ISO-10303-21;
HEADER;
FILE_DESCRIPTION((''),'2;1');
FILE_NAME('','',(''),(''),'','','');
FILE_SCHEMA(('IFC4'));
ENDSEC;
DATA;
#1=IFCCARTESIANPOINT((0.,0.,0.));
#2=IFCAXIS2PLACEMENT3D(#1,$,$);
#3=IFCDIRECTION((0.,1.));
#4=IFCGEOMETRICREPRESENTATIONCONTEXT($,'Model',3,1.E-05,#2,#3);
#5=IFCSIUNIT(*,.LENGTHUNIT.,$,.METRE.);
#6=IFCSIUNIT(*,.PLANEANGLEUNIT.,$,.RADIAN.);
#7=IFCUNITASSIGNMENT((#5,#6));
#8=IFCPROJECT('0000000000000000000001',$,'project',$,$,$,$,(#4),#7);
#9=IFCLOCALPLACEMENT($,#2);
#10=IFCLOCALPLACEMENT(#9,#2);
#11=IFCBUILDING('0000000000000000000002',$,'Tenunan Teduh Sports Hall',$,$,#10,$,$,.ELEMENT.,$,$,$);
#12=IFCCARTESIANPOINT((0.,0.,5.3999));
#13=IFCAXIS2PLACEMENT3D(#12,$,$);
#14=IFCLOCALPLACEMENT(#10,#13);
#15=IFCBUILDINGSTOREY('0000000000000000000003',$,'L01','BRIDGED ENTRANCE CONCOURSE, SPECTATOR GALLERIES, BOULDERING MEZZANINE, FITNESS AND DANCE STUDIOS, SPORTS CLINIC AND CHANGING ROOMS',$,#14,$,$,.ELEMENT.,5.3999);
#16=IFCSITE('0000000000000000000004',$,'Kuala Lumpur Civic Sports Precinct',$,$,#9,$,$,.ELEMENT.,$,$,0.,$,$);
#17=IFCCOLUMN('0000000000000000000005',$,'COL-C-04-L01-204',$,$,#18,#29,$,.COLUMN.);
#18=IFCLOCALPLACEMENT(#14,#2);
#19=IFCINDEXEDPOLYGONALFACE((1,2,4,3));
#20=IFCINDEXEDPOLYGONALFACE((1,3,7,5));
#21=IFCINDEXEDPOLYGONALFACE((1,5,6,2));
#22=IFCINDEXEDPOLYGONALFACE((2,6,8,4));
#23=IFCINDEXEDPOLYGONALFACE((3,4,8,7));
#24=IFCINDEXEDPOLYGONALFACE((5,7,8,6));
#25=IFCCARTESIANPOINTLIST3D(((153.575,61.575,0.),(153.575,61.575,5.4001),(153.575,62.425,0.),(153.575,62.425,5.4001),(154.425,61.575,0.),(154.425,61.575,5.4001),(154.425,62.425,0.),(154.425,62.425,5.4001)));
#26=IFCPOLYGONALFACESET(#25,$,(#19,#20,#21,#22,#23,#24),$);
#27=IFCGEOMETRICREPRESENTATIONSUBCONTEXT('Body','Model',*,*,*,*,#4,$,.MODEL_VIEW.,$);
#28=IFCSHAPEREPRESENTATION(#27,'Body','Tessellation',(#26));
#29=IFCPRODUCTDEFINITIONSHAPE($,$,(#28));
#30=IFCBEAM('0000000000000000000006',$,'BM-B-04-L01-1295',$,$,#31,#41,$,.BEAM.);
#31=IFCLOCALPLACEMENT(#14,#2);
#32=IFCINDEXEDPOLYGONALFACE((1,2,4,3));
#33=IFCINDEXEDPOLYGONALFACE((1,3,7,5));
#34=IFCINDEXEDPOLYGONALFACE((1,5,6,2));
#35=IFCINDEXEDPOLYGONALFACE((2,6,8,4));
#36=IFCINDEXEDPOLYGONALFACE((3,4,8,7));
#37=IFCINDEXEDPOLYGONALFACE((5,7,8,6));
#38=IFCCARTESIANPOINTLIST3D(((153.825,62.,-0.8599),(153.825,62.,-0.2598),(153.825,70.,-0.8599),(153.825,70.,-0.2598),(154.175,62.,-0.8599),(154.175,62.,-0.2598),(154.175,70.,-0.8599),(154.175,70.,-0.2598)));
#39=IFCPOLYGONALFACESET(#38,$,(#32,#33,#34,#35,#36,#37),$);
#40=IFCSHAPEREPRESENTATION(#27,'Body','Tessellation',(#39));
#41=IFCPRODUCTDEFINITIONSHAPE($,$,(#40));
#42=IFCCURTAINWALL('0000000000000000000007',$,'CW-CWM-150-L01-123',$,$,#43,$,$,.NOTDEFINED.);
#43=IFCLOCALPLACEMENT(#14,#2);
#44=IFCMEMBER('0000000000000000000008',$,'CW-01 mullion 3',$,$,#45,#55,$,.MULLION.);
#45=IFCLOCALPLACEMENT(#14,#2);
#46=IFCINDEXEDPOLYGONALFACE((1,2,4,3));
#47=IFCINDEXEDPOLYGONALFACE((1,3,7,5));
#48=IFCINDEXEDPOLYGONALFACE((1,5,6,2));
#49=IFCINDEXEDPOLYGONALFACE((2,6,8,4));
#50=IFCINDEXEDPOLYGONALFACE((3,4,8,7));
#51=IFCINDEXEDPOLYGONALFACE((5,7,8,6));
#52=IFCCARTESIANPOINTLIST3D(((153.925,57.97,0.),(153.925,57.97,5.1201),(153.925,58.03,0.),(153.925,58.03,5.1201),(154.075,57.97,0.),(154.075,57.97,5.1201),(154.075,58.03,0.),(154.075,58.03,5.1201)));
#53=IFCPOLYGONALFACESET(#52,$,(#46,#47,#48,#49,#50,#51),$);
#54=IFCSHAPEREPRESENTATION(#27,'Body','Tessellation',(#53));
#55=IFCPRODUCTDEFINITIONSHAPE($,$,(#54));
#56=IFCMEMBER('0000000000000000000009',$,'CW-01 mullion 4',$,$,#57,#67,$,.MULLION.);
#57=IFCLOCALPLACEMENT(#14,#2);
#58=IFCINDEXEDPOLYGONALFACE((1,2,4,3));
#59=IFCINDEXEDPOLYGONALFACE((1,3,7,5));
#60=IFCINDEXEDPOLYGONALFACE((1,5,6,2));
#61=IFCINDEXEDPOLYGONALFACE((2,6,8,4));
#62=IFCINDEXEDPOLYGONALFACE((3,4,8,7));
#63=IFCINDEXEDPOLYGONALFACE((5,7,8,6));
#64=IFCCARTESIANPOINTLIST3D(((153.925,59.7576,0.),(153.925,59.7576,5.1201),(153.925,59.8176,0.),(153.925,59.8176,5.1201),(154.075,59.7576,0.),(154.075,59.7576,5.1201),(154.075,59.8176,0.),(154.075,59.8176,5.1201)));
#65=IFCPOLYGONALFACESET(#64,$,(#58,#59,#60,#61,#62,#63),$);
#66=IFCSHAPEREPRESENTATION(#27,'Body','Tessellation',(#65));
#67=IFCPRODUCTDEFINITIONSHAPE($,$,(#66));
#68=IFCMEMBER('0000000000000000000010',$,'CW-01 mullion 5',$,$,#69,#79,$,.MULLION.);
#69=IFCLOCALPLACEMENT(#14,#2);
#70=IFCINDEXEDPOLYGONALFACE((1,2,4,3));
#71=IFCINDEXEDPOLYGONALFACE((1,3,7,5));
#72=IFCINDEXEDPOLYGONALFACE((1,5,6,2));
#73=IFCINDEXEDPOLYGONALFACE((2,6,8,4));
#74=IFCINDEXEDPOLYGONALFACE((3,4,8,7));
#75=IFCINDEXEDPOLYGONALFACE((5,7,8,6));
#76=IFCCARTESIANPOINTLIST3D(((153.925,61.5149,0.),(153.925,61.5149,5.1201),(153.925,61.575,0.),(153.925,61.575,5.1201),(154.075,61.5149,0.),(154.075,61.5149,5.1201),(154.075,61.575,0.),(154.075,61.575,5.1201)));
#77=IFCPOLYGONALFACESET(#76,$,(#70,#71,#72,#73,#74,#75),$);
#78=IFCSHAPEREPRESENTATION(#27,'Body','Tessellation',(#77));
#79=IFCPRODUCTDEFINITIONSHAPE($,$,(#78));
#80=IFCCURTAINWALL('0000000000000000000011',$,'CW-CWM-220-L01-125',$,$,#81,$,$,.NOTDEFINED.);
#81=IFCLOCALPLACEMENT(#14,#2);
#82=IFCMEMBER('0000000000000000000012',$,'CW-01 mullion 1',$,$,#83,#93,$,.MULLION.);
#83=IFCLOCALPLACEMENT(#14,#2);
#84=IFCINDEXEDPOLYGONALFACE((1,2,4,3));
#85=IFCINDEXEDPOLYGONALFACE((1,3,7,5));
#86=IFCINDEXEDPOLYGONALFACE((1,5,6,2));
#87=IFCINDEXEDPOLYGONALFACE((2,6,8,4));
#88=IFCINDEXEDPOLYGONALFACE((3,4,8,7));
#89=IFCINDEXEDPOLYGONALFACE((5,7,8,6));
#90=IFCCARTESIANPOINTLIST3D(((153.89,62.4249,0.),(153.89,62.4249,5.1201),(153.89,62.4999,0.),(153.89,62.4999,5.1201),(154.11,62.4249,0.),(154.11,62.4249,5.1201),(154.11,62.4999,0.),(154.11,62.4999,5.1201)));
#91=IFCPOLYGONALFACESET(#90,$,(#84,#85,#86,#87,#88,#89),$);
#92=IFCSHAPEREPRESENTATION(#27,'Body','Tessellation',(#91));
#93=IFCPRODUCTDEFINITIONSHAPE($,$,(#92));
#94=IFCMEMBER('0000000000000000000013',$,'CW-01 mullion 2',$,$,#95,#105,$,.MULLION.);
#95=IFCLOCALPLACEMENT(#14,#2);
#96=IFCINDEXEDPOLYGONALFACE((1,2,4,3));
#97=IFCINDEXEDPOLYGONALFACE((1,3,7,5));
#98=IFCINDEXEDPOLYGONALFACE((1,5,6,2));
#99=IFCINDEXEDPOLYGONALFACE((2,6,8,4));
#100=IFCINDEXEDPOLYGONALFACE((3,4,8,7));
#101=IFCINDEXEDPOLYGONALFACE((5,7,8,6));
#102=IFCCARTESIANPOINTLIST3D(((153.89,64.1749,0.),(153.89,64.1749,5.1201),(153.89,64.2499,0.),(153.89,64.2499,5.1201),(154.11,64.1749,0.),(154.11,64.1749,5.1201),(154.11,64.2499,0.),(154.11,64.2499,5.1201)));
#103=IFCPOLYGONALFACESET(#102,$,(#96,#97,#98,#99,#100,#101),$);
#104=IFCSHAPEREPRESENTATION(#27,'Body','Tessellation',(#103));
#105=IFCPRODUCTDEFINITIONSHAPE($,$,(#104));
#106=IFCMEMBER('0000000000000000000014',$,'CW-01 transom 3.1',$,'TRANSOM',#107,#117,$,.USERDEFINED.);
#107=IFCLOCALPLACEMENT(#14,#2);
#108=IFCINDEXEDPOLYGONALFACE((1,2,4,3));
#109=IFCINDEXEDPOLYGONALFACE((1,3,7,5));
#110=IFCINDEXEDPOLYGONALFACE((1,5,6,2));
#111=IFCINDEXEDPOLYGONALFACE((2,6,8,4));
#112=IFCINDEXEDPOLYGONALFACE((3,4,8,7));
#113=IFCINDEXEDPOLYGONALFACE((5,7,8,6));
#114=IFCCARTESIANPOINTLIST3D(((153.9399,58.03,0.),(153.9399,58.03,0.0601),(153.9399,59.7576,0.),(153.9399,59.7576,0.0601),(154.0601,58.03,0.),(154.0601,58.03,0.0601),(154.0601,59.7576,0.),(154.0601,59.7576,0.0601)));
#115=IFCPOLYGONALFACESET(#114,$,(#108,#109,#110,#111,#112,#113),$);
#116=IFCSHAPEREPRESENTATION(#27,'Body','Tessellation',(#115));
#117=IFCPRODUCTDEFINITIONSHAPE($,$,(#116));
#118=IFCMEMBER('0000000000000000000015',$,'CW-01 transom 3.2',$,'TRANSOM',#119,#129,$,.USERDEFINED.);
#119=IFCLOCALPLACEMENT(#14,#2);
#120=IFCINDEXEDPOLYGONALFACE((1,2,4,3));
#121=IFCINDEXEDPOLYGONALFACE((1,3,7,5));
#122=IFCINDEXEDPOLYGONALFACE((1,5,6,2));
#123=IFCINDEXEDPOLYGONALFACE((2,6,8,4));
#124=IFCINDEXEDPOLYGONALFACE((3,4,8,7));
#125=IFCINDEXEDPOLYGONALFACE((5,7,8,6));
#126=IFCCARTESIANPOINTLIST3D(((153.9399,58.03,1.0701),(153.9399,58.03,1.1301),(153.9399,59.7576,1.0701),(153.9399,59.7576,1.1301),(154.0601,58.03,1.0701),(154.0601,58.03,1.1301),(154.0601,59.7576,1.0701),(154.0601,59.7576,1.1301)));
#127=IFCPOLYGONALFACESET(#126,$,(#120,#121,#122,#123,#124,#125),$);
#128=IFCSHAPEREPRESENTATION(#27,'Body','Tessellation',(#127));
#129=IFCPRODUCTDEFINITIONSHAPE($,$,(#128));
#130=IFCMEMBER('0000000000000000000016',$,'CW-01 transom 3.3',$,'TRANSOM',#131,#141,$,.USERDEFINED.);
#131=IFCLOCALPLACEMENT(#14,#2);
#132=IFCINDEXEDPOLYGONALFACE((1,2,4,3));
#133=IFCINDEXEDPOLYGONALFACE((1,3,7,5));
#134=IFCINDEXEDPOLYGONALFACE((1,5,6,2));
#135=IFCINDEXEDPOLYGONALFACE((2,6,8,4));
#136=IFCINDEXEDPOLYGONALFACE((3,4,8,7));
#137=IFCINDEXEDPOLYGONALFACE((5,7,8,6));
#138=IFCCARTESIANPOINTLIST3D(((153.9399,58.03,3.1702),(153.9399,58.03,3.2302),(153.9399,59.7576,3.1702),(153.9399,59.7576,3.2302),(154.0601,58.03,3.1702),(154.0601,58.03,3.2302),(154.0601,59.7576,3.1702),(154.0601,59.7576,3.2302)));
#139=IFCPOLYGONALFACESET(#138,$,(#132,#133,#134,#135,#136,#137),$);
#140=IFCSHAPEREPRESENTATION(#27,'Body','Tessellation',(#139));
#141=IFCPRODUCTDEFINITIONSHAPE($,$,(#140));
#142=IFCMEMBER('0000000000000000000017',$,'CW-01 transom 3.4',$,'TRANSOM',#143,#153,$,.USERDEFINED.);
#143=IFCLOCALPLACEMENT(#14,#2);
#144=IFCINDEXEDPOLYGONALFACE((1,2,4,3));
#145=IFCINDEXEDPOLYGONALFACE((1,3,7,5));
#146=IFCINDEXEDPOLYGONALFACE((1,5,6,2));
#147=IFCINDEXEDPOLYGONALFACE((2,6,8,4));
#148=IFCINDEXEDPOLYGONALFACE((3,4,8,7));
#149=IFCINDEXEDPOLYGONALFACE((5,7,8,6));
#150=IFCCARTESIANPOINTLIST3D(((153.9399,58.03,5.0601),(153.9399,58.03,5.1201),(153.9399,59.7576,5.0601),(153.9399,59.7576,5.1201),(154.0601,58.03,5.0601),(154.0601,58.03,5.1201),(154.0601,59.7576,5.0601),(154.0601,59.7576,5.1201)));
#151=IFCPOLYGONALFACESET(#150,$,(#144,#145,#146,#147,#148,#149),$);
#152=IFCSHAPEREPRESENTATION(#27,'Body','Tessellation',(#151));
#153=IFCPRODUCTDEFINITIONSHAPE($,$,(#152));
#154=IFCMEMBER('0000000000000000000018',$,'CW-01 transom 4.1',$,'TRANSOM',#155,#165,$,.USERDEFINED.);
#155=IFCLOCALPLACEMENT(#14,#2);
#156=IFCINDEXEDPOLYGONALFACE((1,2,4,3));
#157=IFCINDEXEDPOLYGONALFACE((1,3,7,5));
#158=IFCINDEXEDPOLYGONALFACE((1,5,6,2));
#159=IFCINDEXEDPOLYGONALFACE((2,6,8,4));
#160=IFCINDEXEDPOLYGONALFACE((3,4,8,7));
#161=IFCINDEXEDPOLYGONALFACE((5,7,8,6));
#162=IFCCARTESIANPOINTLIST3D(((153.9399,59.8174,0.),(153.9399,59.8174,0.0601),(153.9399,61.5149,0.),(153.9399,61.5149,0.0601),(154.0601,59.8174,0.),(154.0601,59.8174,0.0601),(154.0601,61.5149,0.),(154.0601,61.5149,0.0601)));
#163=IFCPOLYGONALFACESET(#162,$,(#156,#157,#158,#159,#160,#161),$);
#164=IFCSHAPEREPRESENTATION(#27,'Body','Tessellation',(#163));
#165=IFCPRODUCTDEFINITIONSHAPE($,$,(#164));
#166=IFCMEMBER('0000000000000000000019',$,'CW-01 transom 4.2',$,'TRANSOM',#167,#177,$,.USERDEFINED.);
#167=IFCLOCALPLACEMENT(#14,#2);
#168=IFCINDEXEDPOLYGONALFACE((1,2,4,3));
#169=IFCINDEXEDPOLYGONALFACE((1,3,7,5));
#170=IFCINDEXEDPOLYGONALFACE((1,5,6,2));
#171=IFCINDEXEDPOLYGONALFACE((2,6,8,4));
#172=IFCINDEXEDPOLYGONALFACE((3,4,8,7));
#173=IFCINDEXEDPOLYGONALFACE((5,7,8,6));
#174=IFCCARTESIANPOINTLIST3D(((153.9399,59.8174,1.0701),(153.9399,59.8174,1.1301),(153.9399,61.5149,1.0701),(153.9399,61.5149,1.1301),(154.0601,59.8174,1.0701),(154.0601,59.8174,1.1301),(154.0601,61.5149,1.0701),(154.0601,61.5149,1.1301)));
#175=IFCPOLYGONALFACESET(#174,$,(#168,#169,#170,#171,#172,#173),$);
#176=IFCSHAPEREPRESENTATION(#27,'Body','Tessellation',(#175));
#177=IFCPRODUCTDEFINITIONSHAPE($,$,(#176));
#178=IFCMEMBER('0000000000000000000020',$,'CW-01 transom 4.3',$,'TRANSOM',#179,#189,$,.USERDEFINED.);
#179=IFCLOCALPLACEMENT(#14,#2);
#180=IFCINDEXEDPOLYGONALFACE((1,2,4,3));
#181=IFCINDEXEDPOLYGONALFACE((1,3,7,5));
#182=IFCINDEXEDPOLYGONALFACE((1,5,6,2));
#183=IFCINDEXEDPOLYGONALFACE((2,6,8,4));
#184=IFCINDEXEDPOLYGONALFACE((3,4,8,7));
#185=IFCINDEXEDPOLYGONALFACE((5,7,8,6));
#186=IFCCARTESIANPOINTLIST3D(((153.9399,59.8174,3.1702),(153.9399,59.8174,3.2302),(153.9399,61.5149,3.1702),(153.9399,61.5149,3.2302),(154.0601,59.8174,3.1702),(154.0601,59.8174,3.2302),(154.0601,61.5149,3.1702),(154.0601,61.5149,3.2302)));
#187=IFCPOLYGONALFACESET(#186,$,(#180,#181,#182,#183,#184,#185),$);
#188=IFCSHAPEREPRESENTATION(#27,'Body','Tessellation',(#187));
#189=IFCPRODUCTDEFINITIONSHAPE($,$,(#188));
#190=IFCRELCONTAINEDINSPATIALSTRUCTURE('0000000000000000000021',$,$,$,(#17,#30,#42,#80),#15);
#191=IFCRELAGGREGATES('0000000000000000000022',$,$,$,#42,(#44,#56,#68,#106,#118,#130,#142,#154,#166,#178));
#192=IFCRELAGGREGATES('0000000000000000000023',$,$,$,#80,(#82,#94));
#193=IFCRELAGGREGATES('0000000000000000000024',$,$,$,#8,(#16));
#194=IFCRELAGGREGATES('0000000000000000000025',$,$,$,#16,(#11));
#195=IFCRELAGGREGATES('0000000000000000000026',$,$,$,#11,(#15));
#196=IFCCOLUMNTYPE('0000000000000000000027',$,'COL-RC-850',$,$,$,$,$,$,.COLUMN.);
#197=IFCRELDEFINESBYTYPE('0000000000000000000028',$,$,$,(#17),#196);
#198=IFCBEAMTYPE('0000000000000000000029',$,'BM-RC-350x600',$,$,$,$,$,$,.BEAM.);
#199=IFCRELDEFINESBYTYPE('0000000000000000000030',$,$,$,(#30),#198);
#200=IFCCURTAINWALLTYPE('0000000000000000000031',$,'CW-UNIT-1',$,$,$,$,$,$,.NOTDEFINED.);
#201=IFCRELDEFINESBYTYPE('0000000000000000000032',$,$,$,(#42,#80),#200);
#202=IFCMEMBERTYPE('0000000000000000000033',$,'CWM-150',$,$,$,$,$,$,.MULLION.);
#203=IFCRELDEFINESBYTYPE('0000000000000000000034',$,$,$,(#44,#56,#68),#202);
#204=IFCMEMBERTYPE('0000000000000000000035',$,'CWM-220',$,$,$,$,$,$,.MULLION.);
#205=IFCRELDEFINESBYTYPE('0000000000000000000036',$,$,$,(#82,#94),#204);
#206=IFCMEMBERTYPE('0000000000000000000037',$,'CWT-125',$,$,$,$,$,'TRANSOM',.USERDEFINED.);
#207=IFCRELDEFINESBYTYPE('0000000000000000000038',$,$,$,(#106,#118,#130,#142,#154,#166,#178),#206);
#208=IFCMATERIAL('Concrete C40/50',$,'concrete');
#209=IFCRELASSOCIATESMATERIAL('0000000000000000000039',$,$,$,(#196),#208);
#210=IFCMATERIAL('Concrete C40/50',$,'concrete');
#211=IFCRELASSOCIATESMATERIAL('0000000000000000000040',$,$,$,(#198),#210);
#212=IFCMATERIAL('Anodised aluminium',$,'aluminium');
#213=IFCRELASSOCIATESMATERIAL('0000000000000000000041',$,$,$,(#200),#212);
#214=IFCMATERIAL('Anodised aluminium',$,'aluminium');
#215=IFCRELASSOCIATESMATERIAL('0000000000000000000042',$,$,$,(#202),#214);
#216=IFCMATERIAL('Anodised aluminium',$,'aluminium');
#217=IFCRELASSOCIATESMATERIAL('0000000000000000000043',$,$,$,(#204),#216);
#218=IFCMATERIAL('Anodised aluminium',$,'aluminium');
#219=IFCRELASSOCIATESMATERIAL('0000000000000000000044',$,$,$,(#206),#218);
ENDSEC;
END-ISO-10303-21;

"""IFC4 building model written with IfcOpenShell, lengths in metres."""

from ifc_helpers import new_model, si_unit, direction, frame, origin, origin_2d, place, context, subcontext, project, spatial, rectangle, extrude, material, material_profile, profile_set, type_object, element, aggregate, save


model = new_model("IFC4")

# Units and contexts
model_context = context("Model", 3, precision=1e-05, world=origin(), true_north=direction((0.0, 1.0)))
body_context = subcontext(model_context, "Body", "Model", "MODEL_VIEW")
ifc_project = project(units=[si_unit("LENGTHUNIT", "METRE"), si_unit("PLANEANGLEUNIT", "RADIAN")], contexts=[model_context])

# Site, building, storey
site_placement = place(None, origin())
site = spatial("IfcSite", under=ifc_project, at=site_placement, Name="Kuala Lumpur Civic Sports Precinct", CompositionType="ELEMENT", RefElevation=0.0)
building_placement = place(site_placement, origin())
building = spatial("IfcBuilding", under=site, at=building_placement, Name="Tenunan Teduh Sports Hall", CompositionType="ELEMENT")
storey_placement = place(building_placement, frame((0.0, 0.0, 5.3999)))
storey = spatial("IfcBuildingStorey", under=building, at=storey_placement, Name="L01", Description="BRIDGED ENTRANCE CONCOURSE, SPECTATOR GALLERIES, BOULDERING MEZZANINE, FITNESS AND DANCE STUDIOS, SPORTS CLINIC AND CHANGING ROOMS", CompositionType="ELEMENT", Elevation=5.3999)

# Column
ifc_material_1 = material(Name="Concrete C40/50", Category="concrete")
ifc_material_profile_1 = material_profile(ifc_material_1, rectangle(XDim=0.8501, YDim=0.8501, at=origin_2d()), Name="RC 850x850")
ifc_profile_set_1 = profile_set([ifc_material_profile_1], Name="Concrete C40/50")
column_type = type_object("IfcColumnType", Name="COL-RC-850", PredefinedType="COLUMN", material=ifc_profile_set_1)
column_placement = place(storey_placement, frame((154.0, 62.0, 0.0), z_axis=(0.0, 0.0, 1.0), x_axis=(1.0, 0.0, 0.0)))
element("IfcColumn", 1, at=column_placement, inside=storey, type_object=column_type, Name="COL-C-04-L01-204", PredefinedType="COLUMN", context=body_context, shape_type="SweptSolid", body=[
    extrude(rectangle(XDim=0.8501, YDim=0.8501, at=origin_2d()), origin(), (0.0, 0.0, 1.0), 5.4001),
])

# Beam
ifc_material_2 = material(Name="Concrete C40/50", Category="concrete")
ifc_material_profile_2 = material_profile(ifc_material_2, rectangle(XDim=0.3501, YDim=0.6001, at=origin_2d()), Name="RCB 350x600")
ifc_profile_set_2 = profile_set([ifc_material_profile_2], Name="Concrete C40/50")
beam_type = type_object("IfcBeamType", Name="BM-RC-350x600", PredefinedType="BEAM", material=ifc_profile_set_2)
beam_placement = place(storey_placement, frame((154.0, 62.0, -0.5598), z_axis=(0.0, 1.0, 0.0), x_axis=(-1.0, 0.0, 0.0)))
element("IfcBeam", 2, at=beam_placement, inside=storey, type_object=beam_type, Name="BM-B-04-L01-1295", PredefinedType="BEAM", context=body_context, shape_type="SweptSolid", body=[
    extrude(rectangle(XDim=0.3501, YDim=0.6001, at=origin_2d()), origin(), (0.0, 0.0, 1.0), 8.0),
])

# Curtain walls, members
ifc_material_3 = material(Name="Anodised aluminium", Category="aluminium")
curtain_wall_type = type_object("IfcCurtainWallType", Name="CW-UNIT-1", PredefinedType="NOTDEFINED", material=ifc_material_3)
curtain_wall_1_placement = place(storey_placement, origin())
curtain_wall_1 = element("IfcCurtainWall", 3, at=curtain_wall_1_placement, inside=storey, type_object=curtain_wall_type, Name="CW-CWM-150-L01-123", PredefinedType="NOTDEFINED")
ifc_material_4 = material(Name="Anodised aluminium", Category="aluminium")
ifc_material_profile_3 = material_profile(ifc_material_4, rectangle(XDim=0.0601, YDim=0.1499, at=origin_2d()), Name="CWM 60x150")
ifc_profile_set_3 = profile_set([ifc_material_profile_3], Name="Anodised aluminium")
member_type_1 = type_object("IfcMemberType", Name="CWM-150", PredefinedType="MULLION", material=ifc_profile_set_3)
member_1_placement = place(storey_placement, frame((154.0, 58.0, 0.0), z_axis=(0.0, 0.0, 1.0), x_axis=(0.0, 1.0, 0.0)))
member_1 = element("IfcMember", 4, at=member_1_placement, type_object=member_type_1, Name="CW-01 mullion 3", PredefinedType="MULLION", context=body_context, shape_type="SweptSolid", body=[
    extrude(rectangle(XDim=0.0601, YDim=0.1499, at=origin_2d()), origin(), (0.0, 0.0, 1.0), 5.1201),
])
member_2_placement = place(storey_placement, frame((154.0, 59.7876, 0.0), z_axis=(0.0, 0.0, 1.0), x_axis=(0.0, 1.0, 0.0)))
member_2 = element("IfcMember", 5, at=member_2_placement, type_object=member_type_1, Name="CW-01 mullion 4", PredefinedType="MULLION", context=body_context, shape_type="SweptSolid", body=[
    extrude(rectangle(XDim=0.0601, YDim=0.1499, at=origin_2d()), origin(), (0.0, 0.0, 1.0), 5.1201),
])
member_3_placement = place(storey_placement, frame((154.0, 61.5449, 0.0), z_axis=(0.0, 0.0, 1.0), x_axis=(0.0, 1.0, 0.0)))
member_3 = element("IfcMember", 6, at=member_3_placement, type_object=member_type_1, Name="CW-01 mullion 5", PredefinedType="MULLION", context=body_context, shape_type="SweptSolid", body=[
    extrude(rectangle(XDim=0.0601, YDim=0.1499, at=origin_2d()), origin(), (0.0, 0.0, 1.0), 5.1201),
])
curtain_wall_2_placement = place(storey_placement, origin())
curtain_wall_2 = element("IfcCurtainWall", 7, at=curtain_wall_2_placement, inside=storey, type_object=curtain_wall_type, Name="CW-CWM-220-L01-125", PredefinedType="NOTDEFINED")
ifc_material_5 = material(Name="Anodised aluminium", Category="aluminium")
ifc_material_profile_4 = material_profile(ifc_material_5, rectangle(XDim=0.075, YDim=0.22, at=origin_2d()), Name="CWM 75x220")
ifc_profile_set_4 = profile_set([ifc_material_profile_4], Name="Anodised aluminium")
member_type_2 = type_object("IfcMemberType", Name="CWM-220", PredefinedType="MULLION", material=ifc_profile_set_4)
member_4_placement = place(storey_placement, frame((154.0, 62.4624, 0.0), z_axis=(0.0, 0.0, 1.0), x_axis=(0.0, 1.0, 0.0)))
member_4 = element("IfcMember", 8, at=member_4_placement, type_object=member_type_2, Name="CW-01 mullion 1", PredefinedType="MULLION", context=body_context, shape_type="SweptSolid", body=[
    extrude(rectangle(XDim=0.075, YDim=0.22, at=origin_2d()), origin(), (0.0, 0.0, 1.0), 5.1201),
])
member_5_placement = place(storey_placement, frame((154.0, 64.2124, 0.0), z_axis=(0.0, 0.0, 1.0), x_axis=(0.0, 1.0, 0.0)))
member_5 = element("IfcMember", 9, at=member_5_placement, type_object=member_type_2, Name="CW-01 mullion 2", PredefinedType="MULLION", context=body_context, shape_type="SweptSolid", body=[
    extrude(rectangle(XDim=0.075, YDim=0.22, at=origin_2d()), origin(), (0.0, 0.0, 1.0), 5.1201),
])

# Members
ifc_material_6 = material(Name="Anodised aluminium", Category="aluminium")
ifc_material_profile_5 = material_profile(ifc_material_6, rectangle(XDim=0.0601, YDim=0.1201, at=origin_2d()), Name="CWT 60x120")
ifc_profile_set_5 = profile_set([ifc_material_profile_5], Name="Anodised aluminium")
member_type_3 = type_object("IfcMemberType", Name="CWT-125", ElementType="TRANSOM", PredefinedType="USERDEFINED", material=ifc_profile_set_5)
member_6_placement = place(storey_placement, frame((154.0, 58.03, 0.03), z_axis=(0.0, 1.0, 0.0), x_axis=(0.0, 0.0, 1.0)))
member_6 = element("IfcMember", 10, at=member_6_placement, type_object=member_type_3, Name="CW-01 transom 3.1", ObjectType="TRANSOM", PredefinedType="USERDEFINED", context=body_context, shape_type="SweptSolid", body=[
    extrude(rectangle(XDim=0.0601, YDim=0.1201, at=origin_2d()), origin(), (0.0, 0.0, 1.0), 1.7275),
])
member_7_placement = place(storey_placement, frame((154.0, 58.03, 1.1001), z_axis=(0.0, 1.0, 0.0), x_axis=(0.0, 0.0, 1.0)))
member_7 = element("IfcMember", 11, at=member_7_placement, type_object=member_type_3, Name="CW-01 transom 3.2", ObjectType="TRANSOM", PredefinedType="USERDEFINED", context=body_context, shape_type="SweptSolid", body=[
    extrude(rectangle(XDim=0.0601, YDim=0.1201, at=origin_2d()), origin(), (0.0, 0.0, 1.0), 1.7275),
])
member_8_placement = place(storey_placement, frame((154.0, 58.03, 3.2002), z_axis=(0.0, 1.0, 0.0), x_axis=(0.0, 0.0, 1.0)))
member_8 = element("IfcMember", 12, at=member_8_placement, type_object=member_type_3, Name="CW-01 transom 3.3", ObjectType="TRANSOM", PredefinedType="USERDEFINED", context=body_context, shape_type="SweptSolid", body=[
    extrude(rectangle(XDim=0.0601, YDim=0.1201, at=origin_2d()), origin(), (0.0, 0.0, 1.0), 1.7275),
])
member_9_placement = place(storey_placement, frame((154.0, 58.03, 5.0901), z_axis=(0.0, 1.0, 0.0), x_axis=(0.0, 0.0, 1.0)))
member_9 = element("IfcMember", 13, at=member_9_placement, type_object=member_type_3, Name="CW-01 transom 3.4", ObjectType="TRANSOM", PredefinedType="USERDEFINED", context=body_context, shape_type="SweptSolid", body=[
    extrude(rectangle(XDim=0.0601, YDim=0.1201, at=origin_2d()), origin(), (0.0, 0.0, 1.0), 1.7275),
])
member_10_placement = place(storey_placement, frame((154.0, 59.8174, 0.03), z_axis=(0.0, 1.0, 0.0), x_axis=(0.0, 0.0, 1.0)))
member_10 = element("IfcMember", 14, at=member_10_placement, type_object=member_type_3, Name="CW-01 transom 4.1", ObjectType="TRANSOM", PredefinedType="USERDEFINED", context=body_context, shape_type="SweptSolid", body=[
    extrude(rectangle(XDim=0.0601, YDim=0.1201, at=origin_2d()), origin(), (0.0, 0.0, 1.0), 1.6975),
])
member_11_placement = place(storey_placement, frame((154.0, 59.8174, 1.1001), z_axis=(0.0, 1.0, 0.0), x_axis=(0.0, 0.0, 1.0)))
member_11 = element("IfcMember", 15, at=member_11_placement, type_object=member_type_3, Name="CW-01 transom 4.2", ObjectType="TRANSOM", PredefinedType="USERDEFINED", context=body_context, shape_type="SweptSolid", body=[
    extrude(rectangle(XDim=0.0601, YDim=0.1201, at=origin_2d()), origin(), (0.0, 0.0, 1.0), 1.6975),
])
member_12_placement = place(storey_placement, frame((154.0, 59.8174, 3.2002), z_axis=(0.0, 1.0, 0.0), x_axis=(0.0, 0.0, 1.0)))
member_12 = element("IfcMember", 16, at=member_12_placement, type_object=member_type_3, Name="CW-01 transom 4.3", ObjectType="TRANSOM", PredefinedType="USERDEFINED", context=body_context, shape_type="SweptSolid", body=[
    extrude(rectangle(XDim=0.0601, YDim=0.1201, at=origin_2d()), origin(), (0.0, 0.0, 1.0), 1.6975),
])

aggregate(curtain_wall_1, [member_1, member_2, member_3, member_6, member_7, member_8, member_9, member_10, member_11, member_12])
aggregate(curtain_wall_2, [member_4, member_5])

save(model, "model.ifc")
